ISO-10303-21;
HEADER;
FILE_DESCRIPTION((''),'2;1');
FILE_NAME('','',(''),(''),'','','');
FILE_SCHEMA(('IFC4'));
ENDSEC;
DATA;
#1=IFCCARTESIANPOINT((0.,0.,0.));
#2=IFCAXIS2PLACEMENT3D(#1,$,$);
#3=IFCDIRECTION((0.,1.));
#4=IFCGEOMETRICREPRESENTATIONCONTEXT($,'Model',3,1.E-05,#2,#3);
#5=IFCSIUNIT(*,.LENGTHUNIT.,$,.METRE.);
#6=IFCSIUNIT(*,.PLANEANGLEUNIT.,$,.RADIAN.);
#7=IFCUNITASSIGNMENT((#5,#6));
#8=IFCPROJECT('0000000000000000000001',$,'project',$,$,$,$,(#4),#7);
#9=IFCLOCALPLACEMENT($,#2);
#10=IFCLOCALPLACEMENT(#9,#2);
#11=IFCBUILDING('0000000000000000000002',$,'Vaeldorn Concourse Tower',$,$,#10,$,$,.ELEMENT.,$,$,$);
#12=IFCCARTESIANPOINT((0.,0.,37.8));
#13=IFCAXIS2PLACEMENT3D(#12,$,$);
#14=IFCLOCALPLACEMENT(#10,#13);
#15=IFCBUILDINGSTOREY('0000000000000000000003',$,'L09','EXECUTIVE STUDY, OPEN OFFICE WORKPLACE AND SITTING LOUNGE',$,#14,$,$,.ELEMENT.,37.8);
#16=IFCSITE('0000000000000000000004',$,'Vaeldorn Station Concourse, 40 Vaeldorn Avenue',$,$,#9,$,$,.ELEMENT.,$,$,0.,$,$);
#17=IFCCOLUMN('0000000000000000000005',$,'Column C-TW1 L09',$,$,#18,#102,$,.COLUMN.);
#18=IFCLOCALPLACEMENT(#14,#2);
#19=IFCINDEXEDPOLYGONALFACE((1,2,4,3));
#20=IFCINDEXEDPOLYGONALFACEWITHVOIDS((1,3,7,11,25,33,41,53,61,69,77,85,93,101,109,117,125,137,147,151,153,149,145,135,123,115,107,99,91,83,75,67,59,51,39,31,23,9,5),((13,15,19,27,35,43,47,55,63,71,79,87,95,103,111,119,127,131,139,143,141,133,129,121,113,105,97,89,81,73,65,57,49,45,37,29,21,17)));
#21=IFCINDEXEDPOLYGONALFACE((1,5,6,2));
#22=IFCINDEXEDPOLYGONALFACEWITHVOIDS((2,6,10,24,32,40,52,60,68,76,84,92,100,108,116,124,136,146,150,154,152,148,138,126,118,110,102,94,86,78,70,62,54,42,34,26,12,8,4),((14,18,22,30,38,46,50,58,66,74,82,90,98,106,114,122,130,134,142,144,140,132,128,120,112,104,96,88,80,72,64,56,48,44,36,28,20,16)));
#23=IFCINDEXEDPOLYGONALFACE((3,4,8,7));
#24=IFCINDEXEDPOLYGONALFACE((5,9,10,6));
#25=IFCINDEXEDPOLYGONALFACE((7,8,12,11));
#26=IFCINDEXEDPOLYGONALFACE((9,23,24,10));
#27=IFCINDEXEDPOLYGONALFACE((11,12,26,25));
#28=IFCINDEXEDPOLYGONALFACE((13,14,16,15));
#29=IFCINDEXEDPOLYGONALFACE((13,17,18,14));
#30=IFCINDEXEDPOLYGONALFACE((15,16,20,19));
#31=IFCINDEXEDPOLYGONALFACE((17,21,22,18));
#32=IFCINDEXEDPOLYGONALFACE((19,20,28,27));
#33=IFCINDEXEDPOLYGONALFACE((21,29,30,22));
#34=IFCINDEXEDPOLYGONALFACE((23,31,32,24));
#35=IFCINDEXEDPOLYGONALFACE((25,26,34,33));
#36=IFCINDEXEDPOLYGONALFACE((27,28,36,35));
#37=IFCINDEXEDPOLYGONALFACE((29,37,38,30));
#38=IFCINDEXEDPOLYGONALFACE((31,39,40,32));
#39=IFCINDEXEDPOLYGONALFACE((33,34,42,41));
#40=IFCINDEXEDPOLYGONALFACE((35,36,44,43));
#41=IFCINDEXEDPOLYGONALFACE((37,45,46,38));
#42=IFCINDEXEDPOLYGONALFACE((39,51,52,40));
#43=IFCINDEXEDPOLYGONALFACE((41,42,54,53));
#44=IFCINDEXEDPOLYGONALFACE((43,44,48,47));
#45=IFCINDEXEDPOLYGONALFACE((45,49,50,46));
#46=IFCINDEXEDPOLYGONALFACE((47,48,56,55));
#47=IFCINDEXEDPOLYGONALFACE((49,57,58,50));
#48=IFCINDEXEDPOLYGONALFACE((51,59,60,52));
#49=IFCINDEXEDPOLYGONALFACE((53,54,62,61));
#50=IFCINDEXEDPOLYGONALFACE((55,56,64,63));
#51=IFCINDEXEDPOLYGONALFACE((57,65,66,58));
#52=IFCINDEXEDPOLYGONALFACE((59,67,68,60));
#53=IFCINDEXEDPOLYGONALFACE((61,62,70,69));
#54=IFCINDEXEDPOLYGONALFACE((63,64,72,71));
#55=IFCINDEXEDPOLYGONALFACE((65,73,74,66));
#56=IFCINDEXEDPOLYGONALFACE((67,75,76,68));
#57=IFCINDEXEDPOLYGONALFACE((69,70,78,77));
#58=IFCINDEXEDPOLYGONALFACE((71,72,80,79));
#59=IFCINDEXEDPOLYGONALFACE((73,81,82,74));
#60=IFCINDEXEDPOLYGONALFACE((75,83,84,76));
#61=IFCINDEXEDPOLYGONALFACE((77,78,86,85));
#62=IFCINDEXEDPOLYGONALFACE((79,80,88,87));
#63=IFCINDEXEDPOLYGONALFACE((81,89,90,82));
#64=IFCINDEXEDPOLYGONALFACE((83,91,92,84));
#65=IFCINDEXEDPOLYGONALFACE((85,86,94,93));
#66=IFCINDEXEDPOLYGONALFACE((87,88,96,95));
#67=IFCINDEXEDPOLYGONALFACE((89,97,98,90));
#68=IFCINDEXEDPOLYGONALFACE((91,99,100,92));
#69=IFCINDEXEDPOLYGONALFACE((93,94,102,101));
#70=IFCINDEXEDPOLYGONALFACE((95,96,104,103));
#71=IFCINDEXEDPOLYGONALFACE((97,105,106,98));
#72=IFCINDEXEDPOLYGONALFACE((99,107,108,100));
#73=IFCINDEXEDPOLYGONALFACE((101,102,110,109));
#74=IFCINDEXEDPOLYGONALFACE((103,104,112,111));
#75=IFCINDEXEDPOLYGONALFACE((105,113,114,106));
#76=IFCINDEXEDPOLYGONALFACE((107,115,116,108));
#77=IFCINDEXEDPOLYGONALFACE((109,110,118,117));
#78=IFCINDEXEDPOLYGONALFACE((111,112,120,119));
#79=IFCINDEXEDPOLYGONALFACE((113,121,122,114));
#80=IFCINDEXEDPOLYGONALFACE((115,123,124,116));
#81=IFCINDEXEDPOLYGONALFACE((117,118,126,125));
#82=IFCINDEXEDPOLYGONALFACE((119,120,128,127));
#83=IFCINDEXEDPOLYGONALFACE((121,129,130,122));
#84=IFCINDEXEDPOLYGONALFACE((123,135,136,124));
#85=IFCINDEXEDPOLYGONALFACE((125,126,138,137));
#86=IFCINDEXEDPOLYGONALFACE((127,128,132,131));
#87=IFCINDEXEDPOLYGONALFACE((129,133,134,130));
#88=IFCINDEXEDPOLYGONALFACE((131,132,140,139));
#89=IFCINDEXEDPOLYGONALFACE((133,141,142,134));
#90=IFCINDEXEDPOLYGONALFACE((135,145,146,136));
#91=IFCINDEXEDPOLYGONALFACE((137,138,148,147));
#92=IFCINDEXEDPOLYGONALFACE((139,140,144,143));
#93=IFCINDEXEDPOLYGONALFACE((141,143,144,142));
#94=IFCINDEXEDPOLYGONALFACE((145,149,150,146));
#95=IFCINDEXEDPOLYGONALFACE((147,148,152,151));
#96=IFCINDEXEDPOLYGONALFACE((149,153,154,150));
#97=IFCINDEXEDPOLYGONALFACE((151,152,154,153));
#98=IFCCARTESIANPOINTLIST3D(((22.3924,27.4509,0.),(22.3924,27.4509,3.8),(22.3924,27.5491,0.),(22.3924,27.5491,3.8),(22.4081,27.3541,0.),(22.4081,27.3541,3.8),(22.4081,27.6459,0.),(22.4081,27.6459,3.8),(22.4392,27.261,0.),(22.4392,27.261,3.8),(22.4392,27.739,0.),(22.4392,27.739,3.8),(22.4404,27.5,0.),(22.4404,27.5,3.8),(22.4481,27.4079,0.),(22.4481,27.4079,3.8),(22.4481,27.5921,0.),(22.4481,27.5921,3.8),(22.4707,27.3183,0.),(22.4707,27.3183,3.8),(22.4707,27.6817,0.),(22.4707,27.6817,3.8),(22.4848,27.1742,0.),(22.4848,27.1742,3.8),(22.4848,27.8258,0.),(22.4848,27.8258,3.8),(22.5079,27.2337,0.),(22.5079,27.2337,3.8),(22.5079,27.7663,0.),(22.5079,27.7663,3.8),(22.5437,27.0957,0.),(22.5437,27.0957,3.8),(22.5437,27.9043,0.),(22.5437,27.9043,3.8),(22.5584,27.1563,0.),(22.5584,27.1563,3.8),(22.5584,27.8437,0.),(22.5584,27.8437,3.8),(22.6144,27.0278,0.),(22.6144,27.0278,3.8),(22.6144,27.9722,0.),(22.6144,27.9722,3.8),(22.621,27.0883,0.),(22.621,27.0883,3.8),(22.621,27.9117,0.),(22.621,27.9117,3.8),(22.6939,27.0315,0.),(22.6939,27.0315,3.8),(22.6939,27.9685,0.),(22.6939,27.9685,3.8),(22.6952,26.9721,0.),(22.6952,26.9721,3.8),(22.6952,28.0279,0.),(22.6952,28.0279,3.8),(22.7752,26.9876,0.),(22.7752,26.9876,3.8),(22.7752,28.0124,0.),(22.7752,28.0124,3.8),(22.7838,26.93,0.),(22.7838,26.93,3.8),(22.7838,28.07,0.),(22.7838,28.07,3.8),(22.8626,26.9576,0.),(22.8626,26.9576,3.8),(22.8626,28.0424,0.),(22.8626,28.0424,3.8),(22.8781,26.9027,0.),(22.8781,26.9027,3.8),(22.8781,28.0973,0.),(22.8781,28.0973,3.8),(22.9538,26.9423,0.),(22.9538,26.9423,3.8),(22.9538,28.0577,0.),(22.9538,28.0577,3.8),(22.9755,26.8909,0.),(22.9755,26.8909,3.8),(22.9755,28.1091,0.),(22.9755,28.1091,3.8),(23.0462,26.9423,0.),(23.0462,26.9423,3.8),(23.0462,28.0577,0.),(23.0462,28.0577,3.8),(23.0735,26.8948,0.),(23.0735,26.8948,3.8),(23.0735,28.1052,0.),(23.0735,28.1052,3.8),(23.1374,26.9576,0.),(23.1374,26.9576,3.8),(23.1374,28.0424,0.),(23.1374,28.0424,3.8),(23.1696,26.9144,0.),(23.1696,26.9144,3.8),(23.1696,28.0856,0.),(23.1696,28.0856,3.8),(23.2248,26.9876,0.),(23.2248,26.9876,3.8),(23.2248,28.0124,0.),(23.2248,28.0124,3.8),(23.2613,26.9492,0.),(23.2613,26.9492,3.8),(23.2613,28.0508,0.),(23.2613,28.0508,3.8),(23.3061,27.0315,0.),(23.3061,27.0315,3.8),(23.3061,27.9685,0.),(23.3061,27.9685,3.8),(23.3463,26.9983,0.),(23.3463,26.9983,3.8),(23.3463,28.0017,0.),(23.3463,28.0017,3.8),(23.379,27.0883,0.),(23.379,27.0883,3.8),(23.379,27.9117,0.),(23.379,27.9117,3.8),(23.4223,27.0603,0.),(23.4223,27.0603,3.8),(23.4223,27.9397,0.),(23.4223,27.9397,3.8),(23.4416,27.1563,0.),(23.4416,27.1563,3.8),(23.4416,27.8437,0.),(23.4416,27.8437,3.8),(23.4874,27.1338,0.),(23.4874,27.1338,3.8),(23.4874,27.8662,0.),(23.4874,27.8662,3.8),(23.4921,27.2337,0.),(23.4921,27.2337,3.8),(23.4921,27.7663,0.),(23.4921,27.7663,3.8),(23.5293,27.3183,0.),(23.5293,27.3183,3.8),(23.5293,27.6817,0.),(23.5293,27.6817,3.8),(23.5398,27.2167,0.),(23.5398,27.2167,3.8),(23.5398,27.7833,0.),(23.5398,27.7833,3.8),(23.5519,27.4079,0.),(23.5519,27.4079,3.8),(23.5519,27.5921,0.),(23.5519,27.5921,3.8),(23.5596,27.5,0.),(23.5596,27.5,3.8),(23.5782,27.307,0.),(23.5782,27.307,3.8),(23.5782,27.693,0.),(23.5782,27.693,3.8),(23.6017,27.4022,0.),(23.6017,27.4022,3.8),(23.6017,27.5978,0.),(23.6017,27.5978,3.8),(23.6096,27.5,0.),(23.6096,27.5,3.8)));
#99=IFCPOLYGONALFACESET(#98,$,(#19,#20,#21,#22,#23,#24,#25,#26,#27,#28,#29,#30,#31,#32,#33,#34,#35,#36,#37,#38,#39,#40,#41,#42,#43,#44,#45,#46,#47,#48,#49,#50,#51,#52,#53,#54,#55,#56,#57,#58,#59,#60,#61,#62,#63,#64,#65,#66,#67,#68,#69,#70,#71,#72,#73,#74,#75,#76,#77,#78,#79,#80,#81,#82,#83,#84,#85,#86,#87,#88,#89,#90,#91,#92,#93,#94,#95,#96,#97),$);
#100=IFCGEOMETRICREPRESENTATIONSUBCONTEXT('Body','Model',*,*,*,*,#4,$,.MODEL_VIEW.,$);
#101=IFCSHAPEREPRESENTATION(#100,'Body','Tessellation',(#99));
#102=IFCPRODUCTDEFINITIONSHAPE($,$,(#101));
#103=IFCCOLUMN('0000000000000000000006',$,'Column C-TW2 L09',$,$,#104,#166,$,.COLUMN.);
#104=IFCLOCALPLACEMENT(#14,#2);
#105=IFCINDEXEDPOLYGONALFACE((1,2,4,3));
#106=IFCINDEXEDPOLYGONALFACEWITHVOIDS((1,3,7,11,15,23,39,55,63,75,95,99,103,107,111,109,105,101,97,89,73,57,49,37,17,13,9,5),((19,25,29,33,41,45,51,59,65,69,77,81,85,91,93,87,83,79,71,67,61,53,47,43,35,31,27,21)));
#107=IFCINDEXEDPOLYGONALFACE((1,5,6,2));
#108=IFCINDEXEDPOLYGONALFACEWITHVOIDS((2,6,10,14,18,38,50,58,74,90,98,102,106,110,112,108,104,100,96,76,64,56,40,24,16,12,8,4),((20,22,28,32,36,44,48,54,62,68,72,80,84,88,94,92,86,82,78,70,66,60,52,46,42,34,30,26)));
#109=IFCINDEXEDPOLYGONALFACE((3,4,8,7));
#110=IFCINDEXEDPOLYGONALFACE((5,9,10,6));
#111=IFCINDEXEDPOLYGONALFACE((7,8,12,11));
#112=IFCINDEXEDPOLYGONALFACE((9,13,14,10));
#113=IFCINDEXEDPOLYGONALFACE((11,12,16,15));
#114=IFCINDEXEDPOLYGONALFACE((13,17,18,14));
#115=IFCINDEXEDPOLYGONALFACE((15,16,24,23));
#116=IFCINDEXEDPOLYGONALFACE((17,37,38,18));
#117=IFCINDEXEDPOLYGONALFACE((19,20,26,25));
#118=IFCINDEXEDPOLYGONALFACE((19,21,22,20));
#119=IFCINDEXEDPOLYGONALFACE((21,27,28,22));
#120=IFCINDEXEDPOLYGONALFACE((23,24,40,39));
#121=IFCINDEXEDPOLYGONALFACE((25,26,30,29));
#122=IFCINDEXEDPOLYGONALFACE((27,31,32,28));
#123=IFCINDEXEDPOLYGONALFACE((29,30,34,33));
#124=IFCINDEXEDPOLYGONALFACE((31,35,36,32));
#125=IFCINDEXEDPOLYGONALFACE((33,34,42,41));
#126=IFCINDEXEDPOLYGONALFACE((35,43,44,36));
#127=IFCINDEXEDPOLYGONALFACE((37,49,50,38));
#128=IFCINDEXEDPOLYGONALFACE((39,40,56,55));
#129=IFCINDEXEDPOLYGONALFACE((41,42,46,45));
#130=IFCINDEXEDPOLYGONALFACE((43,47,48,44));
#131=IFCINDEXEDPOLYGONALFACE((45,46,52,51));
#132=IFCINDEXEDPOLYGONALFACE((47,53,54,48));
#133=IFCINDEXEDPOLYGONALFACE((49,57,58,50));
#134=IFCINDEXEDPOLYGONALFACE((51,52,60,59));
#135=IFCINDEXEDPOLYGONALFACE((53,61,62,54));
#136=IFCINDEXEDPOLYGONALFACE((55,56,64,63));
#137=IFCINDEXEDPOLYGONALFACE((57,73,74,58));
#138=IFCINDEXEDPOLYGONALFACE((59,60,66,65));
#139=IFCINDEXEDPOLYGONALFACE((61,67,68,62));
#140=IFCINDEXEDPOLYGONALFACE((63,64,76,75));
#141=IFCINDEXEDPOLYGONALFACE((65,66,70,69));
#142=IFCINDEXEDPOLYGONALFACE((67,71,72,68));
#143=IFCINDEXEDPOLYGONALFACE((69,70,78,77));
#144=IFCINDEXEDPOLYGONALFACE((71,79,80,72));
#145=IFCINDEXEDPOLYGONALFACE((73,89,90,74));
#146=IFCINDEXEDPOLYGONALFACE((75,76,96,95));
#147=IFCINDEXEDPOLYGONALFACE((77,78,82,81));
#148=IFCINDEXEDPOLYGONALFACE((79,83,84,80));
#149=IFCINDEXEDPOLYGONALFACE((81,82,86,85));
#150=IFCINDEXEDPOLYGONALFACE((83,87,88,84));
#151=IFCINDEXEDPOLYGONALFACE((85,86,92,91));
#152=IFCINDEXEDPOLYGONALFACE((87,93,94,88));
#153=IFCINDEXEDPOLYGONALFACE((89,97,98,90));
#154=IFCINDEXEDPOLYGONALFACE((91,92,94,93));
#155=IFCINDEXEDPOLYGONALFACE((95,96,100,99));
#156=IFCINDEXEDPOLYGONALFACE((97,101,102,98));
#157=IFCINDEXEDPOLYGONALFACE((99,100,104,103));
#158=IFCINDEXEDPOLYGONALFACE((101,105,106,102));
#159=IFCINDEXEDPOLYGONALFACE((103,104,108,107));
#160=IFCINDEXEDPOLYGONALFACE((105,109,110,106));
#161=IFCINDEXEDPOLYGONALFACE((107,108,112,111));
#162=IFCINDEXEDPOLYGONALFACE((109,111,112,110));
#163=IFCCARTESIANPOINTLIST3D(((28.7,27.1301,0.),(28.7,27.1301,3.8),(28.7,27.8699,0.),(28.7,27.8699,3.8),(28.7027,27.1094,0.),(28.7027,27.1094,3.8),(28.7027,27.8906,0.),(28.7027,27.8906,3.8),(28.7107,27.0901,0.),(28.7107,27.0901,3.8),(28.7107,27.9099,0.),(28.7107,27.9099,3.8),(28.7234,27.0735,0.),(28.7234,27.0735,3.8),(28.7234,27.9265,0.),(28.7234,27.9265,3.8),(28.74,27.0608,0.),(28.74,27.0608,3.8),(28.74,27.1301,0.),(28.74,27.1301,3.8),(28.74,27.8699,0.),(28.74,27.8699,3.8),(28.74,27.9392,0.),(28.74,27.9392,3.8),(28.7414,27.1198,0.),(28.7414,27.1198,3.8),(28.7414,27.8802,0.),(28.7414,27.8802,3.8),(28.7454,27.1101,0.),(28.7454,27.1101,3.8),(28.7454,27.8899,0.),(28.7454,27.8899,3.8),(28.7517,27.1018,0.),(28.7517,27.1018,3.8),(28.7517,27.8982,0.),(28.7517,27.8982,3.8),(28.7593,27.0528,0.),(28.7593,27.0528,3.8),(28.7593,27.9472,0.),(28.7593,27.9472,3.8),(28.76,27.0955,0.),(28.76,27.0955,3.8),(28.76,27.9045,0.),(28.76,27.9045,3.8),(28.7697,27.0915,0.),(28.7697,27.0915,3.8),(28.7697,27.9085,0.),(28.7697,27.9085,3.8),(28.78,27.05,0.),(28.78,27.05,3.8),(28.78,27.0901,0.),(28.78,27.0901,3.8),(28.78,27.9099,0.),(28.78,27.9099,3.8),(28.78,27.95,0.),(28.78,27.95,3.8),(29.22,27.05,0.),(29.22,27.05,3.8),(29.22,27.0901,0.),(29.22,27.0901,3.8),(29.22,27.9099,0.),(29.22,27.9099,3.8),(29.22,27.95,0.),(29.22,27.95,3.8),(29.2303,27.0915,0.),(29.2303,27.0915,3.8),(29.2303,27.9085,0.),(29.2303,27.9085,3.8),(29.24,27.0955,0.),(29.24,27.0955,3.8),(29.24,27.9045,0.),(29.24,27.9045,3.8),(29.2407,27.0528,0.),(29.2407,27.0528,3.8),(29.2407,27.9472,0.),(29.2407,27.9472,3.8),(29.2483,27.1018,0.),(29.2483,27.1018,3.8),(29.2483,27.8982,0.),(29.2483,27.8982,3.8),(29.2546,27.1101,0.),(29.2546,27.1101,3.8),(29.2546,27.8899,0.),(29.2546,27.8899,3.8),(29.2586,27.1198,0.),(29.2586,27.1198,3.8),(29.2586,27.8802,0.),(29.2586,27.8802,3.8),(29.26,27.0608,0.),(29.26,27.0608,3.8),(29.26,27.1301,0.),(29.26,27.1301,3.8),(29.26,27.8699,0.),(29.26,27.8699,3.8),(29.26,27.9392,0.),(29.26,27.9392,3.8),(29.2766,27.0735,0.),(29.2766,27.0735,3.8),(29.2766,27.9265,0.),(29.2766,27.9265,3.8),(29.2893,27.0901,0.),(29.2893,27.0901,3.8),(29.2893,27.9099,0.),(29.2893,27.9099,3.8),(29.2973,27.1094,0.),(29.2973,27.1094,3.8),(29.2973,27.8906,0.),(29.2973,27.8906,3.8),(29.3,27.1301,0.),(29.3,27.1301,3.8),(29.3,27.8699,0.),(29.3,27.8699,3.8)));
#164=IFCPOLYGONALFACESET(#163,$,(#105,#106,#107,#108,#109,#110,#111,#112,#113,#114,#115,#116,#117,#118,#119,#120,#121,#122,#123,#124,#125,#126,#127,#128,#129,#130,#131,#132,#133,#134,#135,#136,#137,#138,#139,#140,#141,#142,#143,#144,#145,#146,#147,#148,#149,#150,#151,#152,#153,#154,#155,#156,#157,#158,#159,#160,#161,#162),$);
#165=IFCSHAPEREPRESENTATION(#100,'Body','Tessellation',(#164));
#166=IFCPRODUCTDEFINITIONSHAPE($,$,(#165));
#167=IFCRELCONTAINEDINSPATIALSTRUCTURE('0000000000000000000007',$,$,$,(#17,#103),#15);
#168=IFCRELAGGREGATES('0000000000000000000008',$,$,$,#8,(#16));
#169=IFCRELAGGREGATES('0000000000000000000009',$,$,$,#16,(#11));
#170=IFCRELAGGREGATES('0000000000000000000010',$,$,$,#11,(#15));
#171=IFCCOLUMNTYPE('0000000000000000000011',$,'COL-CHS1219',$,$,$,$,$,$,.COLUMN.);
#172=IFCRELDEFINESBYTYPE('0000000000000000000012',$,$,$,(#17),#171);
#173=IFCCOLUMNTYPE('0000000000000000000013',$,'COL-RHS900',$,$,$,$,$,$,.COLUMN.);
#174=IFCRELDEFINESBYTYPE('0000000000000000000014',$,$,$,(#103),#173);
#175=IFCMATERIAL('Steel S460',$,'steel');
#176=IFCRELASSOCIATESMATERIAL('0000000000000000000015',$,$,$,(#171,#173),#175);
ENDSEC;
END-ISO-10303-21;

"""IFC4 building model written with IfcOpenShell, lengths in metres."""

from ifc_helpers import new_model, si_unit, direction, frame, origin, origin_2d, place, context, subcontext, project, spatial, hollow_rectangle, hollow_circle, extrude, source, transform, mapped, material, material_profile, profile_set, type_object, element, save


model = new_model("IFC4")

# Units and contexts
model_context = context("Model", 3, precision=1e-05, world=origin(), true_north=direction((0.0, 1.0)))
body_context = subcontext(model_context, "Body", "Model", "MODEL_VIEW")
ifc_project = project(units=[si_unit("LENGTHUNIT", "METRE"), si_unit("PLANEANGLEUNIT", "RADIAN")], contexts=[model_context])

# Site, building, storey
site_placement = place(None, origin())
site = spatial("IfcSite", under=ifc_project, at=site_placement, Name="Vaeldorn Station Concourse, 40 Vaeldorn Avenue", CompositionType="ELEMENT", RefElevation=0.0)
building_placement = place(site_placement, origin())
building = spatial("IfcBuilding", under=site, at=building_placement, Name="Vaeldorn Concourse Tower", CompositionType="ELEMENT")
storey_placement = place(building_placement, frame((0.0, 0.0, 37.8)))
storey = spatial("IfcBuildingStorey", under=building, at=storey_placement, Name="L09", Description="EXECUTIVE STUDY, OPEN OFFICE WORKPLACE AND SITTING LOUNGE", CompositionType="ELEMENT", Elevation=37.8)

# Columns
ifc_material_1 = material(Name="Steel S460", Category="steel")
ifc_material_profile_1 = material_profile(ifc_material_1, hollow_circle(Radius=0.6096, WallThickness=0.05, at=origin_2d()), Name="CHS 1219x50")
ifc_profile_set_1 = profile_set([ifc_material_profile_1], Name="Steel S460")
column_type_1 = type_object("IfcColumnType", Name="COL-CHS1219", PredefinedType="COLUMN", material=ifc_profile_set_1)
shared_shape_1 = source(origin(), body_context, "Body", "SweptSolid", [
    extrude(hollow_circle(Radius=0.6096, WallThickness=0.05, at=origin_2d()), origin(), (0.0, 0.0, 1.0), 3.8),
])
column_1_placement = place(storey_placement, frame((23.0, 27.5, 0.0), z_axis=(0.0, 0.0, 1.0), x_axis=(1.0, 0.0, 0.0)))
element("IfcColumn", 1, at=column_1_placement, inside=storey, type_object=column_type_1, Name="Column C-TW1 L09", PredefinedType="COLUMN", context=body_context, shape_type="MappedRepresentation", body=[
    mapped(shared_shape_1, transform((0.0, 0.0, 0.0), scale=1.0)),
])
ifc_material_profile_2 = material_profile(ifc_material_1, hollow_rectangle(XDim=0.6001, YDim=0.8999, WallThickness=0.04, InnerFilletRadius=0.04, OuterFilletRadius=0.0801, at=origin_2d()), Name="RHS 900x600x40")
ifc_profile_set_2 = profile_set([ifc_material_profile_2], Name="Steel S460")
column_type_2 = type_object("IfcColumnType", Name="COL-RHS900", PredefinedType="COLUMN", material=ifc_profile_set_2)
shared_shape_2 = source(origin(), body_context, "Body", "SweptSolid", [
    extrude(hollow_rectangle(XDim=0.6001, YDim=0.8999, WallThickness=0.04, InnerFilletRadius=0.04, OuterFilletRadius=0.0801, at=origin_2d()), origin(), (0.0, 0.0, 1.0), 3.8),
])
for number, where, z_axis, x_axis, name in (
    (2, (29.0, 27.5, 0.0), (0.0, 0.0, 1.0), (1.0, 0.0, 0.0), "Column C-TW2 L09"),
):
    element("IfcColumn", number, at=place(storey_placement, frame(where, z_axis=z_axis, x_axis=x_axis)), inside=storey, type_object=column_type_2, Name=name, PredefinedType="COLUMN", context=body_context, shape_type="MappedRepresentation", body=[
        mapped(shared_shape_2, transform((0.0, 0.0, 0.0), scale=1.0)),
    ])

save(model, "model.ifc")
